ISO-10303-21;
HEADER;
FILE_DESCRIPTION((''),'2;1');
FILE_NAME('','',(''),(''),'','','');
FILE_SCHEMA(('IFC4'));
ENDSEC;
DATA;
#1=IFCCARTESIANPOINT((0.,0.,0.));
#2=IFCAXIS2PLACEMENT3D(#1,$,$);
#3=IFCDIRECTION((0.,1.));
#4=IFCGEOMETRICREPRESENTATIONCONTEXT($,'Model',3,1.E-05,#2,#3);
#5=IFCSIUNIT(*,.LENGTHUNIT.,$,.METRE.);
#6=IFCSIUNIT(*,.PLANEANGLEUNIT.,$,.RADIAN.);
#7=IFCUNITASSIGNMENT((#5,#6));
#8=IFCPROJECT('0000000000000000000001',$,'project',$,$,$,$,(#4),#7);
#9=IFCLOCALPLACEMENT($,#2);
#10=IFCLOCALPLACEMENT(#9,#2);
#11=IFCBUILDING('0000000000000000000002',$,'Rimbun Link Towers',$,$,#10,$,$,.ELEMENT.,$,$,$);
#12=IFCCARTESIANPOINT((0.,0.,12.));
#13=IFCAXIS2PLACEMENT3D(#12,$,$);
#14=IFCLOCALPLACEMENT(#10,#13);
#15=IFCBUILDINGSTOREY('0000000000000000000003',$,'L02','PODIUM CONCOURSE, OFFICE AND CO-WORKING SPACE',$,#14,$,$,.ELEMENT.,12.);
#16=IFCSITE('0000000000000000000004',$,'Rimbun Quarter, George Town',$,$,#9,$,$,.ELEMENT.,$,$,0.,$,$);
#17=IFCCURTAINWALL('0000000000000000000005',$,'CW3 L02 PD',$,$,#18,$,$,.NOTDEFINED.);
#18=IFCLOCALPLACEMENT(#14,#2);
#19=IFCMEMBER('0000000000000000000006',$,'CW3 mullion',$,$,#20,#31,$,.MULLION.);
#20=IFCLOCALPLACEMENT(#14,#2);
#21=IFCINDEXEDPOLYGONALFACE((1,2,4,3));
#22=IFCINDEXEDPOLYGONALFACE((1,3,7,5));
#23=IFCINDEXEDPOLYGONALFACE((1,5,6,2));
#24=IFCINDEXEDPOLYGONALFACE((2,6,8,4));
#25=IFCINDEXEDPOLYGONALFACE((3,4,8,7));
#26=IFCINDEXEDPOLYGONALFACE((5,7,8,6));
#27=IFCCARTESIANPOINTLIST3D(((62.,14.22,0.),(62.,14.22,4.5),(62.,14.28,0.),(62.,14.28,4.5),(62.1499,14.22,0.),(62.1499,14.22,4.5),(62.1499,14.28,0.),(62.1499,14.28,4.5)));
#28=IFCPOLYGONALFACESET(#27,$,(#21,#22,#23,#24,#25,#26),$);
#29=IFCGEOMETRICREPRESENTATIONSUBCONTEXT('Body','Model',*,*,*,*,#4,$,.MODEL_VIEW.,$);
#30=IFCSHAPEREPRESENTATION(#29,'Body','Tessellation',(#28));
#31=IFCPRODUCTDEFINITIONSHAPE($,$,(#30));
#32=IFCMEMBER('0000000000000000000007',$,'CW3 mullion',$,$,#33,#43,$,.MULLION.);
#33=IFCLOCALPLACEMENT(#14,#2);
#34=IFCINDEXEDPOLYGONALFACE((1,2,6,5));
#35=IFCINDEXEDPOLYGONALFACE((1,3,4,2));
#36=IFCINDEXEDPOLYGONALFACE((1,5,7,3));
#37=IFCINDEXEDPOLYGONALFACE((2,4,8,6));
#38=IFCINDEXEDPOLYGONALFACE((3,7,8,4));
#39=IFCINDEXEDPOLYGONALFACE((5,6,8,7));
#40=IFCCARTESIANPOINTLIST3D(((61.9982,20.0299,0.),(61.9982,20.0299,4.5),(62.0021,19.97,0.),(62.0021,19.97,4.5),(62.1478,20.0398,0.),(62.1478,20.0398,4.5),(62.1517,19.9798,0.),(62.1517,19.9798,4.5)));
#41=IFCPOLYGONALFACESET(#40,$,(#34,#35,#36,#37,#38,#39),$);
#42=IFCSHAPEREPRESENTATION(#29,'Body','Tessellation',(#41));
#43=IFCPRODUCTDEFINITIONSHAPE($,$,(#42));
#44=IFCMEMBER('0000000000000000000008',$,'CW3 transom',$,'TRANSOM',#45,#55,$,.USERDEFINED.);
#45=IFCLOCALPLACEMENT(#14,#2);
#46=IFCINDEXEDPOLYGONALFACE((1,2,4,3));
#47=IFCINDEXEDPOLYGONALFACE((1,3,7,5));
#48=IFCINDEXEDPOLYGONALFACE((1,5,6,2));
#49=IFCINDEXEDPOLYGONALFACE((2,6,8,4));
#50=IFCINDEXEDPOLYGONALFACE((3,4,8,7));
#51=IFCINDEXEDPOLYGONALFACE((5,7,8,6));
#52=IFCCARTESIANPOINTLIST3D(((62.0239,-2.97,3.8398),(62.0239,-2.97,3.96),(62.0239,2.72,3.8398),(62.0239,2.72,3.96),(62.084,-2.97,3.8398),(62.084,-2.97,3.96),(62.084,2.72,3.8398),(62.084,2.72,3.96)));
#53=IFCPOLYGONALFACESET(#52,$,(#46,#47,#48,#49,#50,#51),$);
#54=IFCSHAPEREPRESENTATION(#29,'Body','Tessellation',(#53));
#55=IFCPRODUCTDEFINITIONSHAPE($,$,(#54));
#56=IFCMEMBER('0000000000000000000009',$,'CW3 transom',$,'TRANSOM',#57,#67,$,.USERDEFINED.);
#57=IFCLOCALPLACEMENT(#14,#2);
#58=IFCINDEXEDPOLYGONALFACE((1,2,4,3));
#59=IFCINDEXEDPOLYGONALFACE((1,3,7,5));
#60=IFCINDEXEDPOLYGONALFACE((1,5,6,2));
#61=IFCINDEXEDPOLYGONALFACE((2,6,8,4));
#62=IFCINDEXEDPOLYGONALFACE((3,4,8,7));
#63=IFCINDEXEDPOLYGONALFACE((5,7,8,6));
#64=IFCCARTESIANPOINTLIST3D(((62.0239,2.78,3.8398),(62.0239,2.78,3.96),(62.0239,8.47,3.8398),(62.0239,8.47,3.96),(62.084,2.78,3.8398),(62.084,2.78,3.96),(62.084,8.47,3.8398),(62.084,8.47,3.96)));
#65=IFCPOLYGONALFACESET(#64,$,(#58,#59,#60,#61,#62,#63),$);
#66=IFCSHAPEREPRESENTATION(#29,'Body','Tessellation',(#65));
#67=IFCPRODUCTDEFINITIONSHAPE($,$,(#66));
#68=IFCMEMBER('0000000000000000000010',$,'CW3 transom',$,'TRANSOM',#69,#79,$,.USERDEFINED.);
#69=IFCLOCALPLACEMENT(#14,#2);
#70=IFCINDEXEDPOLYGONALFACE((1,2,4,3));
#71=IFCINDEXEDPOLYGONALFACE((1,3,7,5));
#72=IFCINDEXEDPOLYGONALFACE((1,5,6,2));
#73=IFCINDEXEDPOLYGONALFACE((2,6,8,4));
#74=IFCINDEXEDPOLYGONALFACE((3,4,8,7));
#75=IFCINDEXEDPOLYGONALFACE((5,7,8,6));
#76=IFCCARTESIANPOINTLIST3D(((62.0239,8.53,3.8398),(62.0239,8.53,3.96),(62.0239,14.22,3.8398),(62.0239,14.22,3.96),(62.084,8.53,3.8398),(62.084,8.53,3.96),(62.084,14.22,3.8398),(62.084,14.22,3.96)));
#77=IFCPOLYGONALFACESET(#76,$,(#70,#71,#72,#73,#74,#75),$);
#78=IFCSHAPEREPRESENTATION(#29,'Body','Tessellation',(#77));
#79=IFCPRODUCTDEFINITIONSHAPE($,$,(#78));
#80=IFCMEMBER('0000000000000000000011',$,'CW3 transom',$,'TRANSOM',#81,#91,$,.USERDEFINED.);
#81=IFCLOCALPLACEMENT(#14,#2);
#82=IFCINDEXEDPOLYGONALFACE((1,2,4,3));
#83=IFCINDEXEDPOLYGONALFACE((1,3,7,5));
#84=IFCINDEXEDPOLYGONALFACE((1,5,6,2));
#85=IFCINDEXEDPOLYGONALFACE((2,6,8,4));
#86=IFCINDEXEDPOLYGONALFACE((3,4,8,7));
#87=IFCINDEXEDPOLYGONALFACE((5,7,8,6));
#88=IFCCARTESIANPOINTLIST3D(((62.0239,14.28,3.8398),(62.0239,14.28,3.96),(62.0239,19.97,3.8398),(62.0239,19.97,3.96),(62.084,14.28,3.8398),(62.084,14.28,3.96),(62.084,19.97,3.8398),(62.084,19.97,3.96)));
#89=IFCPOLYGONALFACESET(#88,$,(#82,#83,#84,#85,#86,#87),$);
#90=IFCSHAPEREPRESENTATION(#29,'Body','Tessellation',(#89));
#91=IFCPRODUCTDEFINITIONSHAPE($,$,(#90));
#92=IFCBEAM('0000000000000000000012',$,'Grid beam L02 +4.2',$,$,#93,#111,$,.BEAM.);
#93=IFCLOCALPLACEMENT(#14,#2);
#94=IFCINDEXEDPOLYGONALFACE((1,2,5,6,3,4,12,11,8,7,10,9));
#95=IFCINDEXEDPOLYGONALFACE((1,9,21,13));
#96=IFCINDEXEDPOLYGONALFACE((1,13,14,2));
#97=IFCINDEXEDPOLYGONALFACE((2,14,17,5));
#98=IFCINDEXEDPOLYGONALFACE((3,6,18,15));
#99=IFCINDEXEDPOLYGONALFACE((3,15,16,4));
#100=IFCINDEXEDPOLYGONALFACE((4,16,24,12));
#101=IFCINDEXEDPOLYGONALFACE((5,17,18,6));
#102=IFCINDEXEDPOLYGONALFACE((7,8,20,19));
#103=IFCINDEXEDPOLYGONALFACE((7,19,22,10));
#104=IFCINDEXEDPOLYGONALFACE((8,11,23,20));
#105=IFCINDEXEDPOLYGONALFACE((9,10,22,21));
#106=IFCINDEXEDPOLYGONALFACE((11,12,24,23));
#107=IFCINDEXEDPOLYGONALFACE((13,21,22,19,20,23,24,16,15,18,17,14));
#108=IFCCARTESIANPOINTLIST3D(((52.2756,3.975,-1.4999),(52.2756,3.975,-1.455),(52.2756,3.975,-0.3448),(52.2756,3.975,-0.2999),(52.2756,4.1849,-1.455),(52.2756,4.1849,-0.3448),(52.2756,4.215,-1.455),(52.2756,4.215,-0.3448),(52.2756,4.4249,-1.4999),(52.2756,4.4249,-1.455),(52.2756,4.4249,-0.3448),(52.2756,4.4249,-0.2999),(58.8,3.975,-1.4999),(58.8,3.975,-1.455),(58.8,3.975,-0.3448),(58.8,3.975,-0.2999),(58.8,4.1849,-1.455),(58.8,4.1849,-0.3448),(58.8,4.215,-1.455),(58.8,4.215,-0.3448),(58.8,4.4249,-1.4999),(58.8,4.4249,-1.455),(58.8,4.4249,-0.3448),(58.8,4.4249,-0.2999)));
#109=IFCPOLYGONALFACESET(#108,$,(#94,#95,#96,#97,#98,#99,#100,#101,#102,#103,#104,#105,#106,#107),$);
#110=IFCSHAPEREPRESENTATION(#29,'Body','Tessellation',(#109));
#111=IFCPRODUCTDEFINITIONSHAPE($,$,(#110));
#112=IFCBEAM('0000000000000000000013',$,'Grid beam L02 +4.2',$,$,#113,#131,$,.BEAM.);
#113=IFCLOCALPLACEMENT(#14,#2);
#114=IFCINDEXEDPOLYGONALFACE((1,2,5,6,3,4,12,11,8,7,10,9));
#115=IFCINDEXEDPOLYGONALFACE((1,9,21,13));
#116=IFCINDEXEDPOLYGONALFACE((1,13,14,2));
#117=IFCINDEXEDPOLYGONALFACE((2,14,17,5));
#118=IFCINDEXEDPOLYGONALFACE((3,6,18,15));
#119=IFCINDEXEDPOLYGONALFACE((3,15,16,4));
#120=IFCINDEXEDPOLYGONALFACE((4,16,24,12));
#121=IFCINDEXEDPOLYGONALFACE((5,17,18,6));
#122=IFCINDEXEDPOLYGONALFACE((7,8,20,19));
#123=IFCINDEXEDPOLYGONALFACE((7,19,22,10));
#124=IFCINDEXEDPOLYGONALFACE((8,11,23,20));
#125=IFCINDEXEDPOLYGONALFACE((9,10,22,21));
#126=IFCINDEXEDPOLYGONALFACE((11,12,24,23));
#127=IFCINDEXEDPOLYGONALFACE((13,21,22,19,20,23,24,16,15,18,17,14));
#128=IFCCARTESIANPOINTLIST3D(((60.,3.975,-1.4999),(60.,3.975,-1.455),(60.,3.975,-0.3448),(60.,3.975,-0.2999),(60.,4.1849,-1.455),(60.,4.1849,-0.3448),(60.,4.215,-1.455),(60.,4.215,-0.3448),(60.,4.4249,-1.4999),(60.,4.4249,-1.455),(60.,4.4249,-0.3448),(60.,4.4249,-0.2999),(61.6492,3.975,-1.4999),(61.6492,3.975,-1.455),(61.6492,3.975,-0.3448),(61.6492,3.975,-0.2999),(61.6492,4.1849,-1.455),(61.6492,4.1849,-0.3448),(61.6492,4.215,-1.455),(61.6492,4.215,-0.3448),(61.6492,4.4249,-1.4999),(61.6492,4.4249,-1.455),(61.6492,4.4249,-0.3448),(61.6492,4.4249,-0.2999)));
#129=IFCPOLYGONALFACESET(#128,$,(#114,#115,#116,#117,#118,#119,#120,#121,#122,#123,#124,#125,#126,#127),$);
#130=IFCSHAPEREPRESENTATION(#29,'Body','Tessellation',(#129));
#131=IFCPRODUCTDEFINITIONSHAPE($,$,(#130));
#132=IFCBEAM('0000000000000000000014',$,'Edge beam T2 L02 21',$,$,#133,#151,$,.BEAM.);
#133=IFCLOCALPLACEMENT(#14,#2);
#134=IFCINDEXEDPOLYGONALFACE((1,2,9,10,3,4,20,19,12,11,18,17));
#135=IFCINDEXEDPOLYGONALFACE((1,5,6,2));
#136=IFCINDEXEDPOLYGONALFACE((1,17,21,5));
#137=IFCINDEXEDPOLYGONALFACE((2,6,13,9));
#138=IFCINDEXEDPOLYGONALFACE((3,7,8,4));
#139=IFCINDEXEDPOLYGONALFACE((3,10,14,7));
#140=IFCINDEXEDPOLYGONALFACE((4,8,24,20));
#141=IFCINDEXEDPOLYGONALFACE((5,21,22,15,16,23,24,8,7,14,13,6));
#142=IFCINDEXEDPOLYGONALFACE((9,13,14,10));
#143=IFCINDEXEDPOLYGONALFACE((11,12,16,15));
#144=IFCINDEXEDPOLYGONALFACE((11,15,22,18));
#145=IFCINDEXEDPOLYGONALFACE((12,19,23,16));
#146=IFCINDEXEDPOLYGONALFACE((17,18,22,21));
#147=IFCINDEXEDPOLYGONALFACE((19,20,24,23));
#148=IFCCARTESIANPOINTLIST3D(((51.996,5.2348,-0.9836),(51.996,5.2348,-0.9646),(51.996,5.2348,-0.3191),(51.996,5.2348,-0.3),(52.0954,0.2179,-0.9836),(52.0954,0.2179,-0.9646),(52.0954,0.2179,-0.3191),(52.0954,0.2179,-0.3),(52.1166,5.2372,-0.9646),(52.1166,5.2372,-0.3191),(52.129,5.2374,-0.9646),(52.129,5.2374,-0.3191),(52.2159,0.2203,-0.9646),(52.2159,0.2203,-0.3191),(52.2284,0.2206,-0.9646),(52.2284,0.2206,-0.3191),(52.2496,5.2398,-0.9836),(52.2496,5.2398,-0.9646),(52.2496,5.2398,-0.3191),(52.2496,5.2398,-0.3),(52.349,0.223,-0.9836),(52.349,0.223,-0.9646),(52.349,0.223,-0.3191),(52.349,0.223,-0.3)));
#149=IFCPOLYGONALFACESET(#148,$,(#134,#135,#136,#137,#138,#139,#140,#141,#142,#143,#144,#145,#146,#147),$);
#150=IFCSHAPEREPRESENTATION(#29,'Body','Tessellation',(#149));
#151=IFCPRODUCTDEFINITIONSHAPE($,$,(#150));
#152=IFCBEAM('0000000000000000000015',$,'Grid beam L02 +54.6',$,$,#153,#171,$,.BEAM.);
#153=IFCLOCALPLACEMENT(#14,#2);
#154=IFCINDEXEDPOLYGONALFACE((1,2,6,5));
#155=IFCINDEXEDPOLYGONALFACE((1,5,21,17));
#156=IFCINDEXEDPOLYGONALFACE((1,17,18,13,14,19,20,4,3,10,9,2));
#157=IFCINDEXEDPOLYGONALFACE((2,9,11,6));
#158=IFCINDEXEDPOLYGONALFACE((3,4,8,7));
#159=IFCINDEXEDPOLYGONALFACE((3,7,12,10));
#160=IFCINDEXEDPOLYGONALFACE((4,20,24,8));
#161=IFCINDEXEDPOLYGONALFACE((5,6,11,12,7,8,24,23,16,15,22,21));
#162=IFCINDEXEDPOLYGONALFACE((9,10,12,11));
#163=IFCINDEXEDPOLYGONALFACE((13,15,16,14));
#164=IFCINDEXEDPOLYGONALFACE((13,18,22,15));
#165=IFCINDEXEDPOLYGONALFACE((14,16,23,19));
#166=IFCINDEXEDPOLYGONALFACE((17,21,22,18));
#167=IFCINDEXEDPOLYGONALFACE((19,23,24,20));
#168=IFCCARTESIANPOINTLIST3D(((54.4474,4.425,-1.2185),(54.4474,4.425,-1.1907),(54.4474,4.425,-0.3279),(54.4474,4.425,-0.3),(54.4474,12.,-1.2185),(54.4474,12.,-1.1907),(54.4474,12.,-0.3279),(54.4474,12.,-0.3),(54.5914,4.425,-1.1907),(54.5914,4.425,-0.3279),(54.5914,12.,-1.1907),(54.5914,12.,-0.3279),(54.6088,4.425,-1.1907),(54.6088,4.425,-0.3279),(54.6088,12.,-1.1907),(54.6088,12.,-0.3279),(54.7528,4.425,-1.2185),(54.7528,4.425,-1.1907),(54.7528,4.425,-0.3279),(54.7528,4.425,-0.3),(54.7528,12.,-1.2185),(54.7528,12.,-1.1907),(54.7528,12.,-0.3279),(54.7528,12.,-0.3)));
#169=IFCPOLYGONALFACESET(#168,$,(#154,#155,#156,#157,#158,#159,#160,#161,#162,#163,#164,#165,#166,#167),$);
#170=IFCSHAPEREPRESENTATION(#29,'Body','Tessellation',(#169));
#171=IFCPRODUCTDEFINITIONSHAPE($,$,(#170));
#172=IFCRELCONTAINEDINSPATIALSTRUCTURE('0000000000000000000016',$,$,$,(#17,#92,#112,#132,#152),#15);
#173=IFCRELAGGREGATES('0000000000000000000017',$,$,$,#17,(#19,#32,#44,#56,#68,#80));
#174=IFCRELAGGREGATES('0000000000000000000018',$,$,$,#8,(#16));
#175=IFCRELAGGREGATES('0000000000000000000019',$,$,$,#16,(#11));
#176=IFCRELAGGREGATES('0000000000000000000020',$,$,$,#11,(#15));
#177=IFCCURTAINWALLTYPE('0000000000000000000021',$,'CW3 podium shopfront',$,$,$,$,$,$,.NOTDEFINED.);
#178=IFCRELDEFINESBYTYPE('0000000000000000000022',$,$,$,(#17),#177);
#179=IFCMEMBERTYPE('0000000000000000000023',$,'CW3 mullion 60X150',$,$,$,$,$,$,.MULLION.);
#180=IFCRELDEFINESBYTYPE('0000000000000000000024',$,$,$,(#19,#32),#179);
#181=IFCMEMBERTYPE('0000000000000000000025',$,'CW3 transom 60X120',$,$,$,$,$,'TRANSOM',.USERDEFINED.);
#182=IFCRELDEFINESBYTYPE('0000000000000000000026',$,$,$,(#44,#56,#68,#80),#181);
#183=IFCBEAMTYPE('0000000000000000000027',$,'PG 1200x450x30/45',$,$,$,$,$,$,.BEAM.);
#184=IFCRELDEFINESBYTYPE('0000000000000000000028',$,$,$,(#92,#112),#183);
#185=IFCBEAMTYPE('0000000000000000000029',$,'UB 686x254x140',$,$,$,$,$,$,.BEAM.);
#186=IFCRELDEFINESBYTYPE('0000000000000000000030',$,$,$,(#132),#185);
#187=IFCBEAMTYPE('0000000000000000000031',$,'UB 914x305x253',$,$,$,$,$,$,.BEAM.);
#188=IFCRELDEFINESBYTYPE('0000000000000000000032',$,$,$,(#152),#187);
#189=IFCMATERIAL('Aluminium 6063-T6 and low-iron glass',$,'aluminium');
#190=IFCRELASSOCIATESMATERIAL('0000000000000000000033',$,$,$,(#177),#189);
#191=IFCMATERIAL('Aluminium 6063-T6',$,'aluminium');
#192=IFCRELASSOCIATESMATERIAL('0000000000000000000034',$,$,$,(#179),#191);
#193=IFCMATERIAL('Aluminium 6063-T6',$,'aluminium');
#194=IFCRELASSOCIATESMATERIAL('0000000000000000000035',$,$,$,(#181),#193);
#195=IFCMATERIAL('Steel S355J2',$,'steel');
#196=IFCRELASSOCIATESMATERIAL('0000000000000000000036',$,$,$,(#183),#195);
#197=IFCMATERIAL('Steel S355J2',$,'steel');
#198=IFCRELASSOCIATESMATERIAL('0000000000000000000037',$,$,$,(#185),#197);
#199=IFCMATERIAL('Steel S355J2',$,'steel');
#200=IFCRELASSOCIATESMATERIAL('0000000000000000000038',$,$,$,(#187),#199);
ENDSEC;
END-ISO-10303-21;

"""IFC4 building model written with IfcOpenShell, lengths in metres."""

from ifc_helpers import new_model, si_unit, direction, frame, origin, origin_2d, place, context, subcontext, project, spatial, rectangle, i_section, extrude, material, material_profile, profile_set, type_object, element, aggregate, save


model = new_model("IFC4")

# Units and contexts
model_context = context("Model", 3, precision=1e-05, world=origin(), true_north=direction((0.0, 1.0)))
body_context = subcontext(model_context, "Body", "Model", "MODEL_VIEW")
ifc_project = project(units=[si_unit("LENGTHUNIT", "METRE"), si_unit("PLANEANGLEUNIT", "RADIAN")], contexts=[model_context])

# Site, building, storey
site_placement = place(None, origin())
site = spatial("IfcSite", under=ifc_project, at=site_placement, Name="Rimbun Quarter, George Town", CompositionType="ELEMENT", RefElevation=0.0)
building_placement = place(site_placement, origin())
building = spatial("IfcBuilding", under=site, at=building_placement, Name="Rimbun Link Towers", CompositionType="ELEMENT")
storey_placement = place(building_placement, frame((0.0, 0.0, 12.0)))
storey = spatial("IfcBuildingStorey", under=building, at=storey_placement, Name="L02", Description="PODIUM CONCOURSE, OFFICE AND CO-WORKING SPACE", CompositionType="ELEMENT", Elevation=12.0)

# Curtain wall, members
ifc_material_1 = material(Name="Aluminium 6063-T6 and low-iron glass", Category="aluminium")
curtain_wall_type = type_object("IfcCurtainWallType", Name="CW3 podium shopfront", PredefinedType="NOTDEFINED", material=ifc_material_1)
curtain_wall_placement = place(storey_placement, origin())
curtain_wall = element("IfcCurtainWall", 1, at=curtain_wall_placement, inside=storey, type_object=curtain_wall_type, Name="CW3 L02 PD", PredefinedType="NOTDEFINED")
ifc_material_2 = material(Name="Aluminium 6063-T6", Category="aluminium")
ifc_material_profile_1 = material_profile(ifc_material_2, rectangle(XDim=0.1499, YDim=0.0601, at=origin_2d()), Name="MULLION 60X150")
ifc_profile_set_1 = profile_set([ifc_material_profile_1], Name="Aluminium 6063-T6")
member_type_1 = type_object("IfcMemberType", Name="CW3 mullion 60X150", PredefinedType="MULLION", material=ifc_profile_set_1)
member_1_placement = place(storey_placement, frame((62.075, 14.25, 0.0), z_axis=(0.0, 0.0, 1.0), x_axis=(1.0, 0.0, 0.0)))
member_1 = element("IfcMember", 2, at=member_1_placement, type_object=member_type_1, Name="CW3 mullion", PredefinedType="MULLION", context=body_context, shape_type="SweptSolid", body=[
    extrude(rectangle(XDim=0.1499, YDim=0.0601, at=origin_2d()), origin(), (0.0, 0.0, 1.0), 4.5),
])
member_2_placement = place(storey_placement, frame((62.075, 20.0049, 0.0), z_axis=(0.0, 0.0, 1.0), x_axis=(0.997859, 0.065405, 0.0)))
member_2 = element("IfcMember", 3, at=member_2_placement, type_object=member_type_1, Name="CW3 mullion", PredefinedType="MULLION", context=body_context, shape_type="SweptSolid", body=[
    extrude(rectangle(XDim=0.1499, YDim=0.0601, at=origin_2d()), origin(), (0.0, 0.0, 1.0), 4.5),
])
ifc_material_3 = material(Name="Aluminium 6063-T6", Category="aluminium")
ifc_material_profile_2 = material_profile(ifc_material_3, rectangle(XDim=0.0601, YDim=0.1201, at=origin_2d()), Name="TRANSOM 60X120")
ifc_profile_set_2 = profile_set([ifc_material_profile_2], Name="Aluminium 6063-T6")
member_type_2 = type_object("IfcMemberType", Name="CW3 transom 60X120", ElementType="TRANSOM", PredefinedType="USERDEFINED", material=ifc_profile_set_2)
member_3_placement = place(storey_placement, frame((62.054, 2.72, 3.8999), z_axis=(0.0, -1.0, 0.0), x_axis=(1.0, 0.0, 0.0)))
member_3 = element("IfcMember", 4, at=member_3_placement, type_object=member_type_2, Name="CW3 transom", ObjectType="TRANSOM", PredefinedType="USERDEFINED", context=body_context, shape_type="SweptSolid", body=[
    extrude(rectangle(XDim=0.0601, YDim=0.1201, at=origin_2d()), origin(), (0.0, 0.0, 1.0), 5.6899),
])
member_4_placement = place(storey_placement, frame((62.054, 8.47, 3.8999), z_axis=(0.0, -1.0, 0.0), x_axis=(1.0, 0.0, 0.0)))
member_4 = element("IfcMember", 5, at=member_4_placement, type_object=member_type_2, Name="CW3 transom", ObjectType="TRANSOM", PredefinedType="USERDEFINED", context=body_context, shape_type="SweptSolid", body=[
    extrude(rectangle(XDim=0.0601, YDim=0.1201, at=origin_2d()), origin(), (0.0, 0.0, 1.0), 5.6899),
])
member_5_placement = place(storey_placement, frame((62.054, 14.22, 3.8999), z_axis=(0.0, -1.0, 0.0), x_axis=(1.0, 0.0, 0.0)))
member_5 = element("IfcMember", 6, at=member_5_placement, type_object=member_type_2, Name="CW3 transom", ObjectType="TRANSOM", PredefinedType="USERDEFINED", context=body_context, shape_type="SweptSolid", body=[
    extrude(rectangle(XDim=0.0601, YDim=0.1201, at=origin_2d()), origin(), (0.0, 0.0, 1.0), 5.6899),
])
member_6_placement = place(storey_placement, frame((62.054, 19.97, 3.8999), z_axis=(0.0, -1.0, 0.0), x_axis=(1.0, 0.0, 0.0)))
member_6 = element("IfcMember", 7, at=member_6_placement, type_object=member_type_2, Name="CW3 transom", ObjectType="TRANSOM", PredefinedType="USERDEFINED", context=body_context, shape_type="SweptSolid", body=[
    extrude(rectangle(XDim=0.0601, YDim=0.1201, at=origin_2d()), origin(), (0.0, 0.0, 1.0), 5.6899),
])

# Beams
ifc_material_4 = material(Name="Steel S355J2", Category="steel")
ifc_material_profile_3 = material_profile(ifc_material_4, i_section(OverallWidth=0.45, OverallDepth=1.2, WebThickness=0.03, FlangeThickness=0.0449, at=origin_2d()), Name="PG 1200x450x30/45")
ifc_profile_set_3 = profile_set([ifc_material_profile_3], Name="Steel S355J2")
beam_type_1 = type_object("IfcBeamType", Name="PG 1200x450x30/45", PredefinedType="BEAM", material=ifc_profile_set_3)
beam_1_placement = place(storey_placement, frame((52.2756, 4.2, -0.8999), z_axis=(1.0, 0.0, 0.0), x_axis=(0.0, 1.0, 0.0)))
element("IfcBeam", 8, at=beam_1_placement, inside=storey, type_object=beam_type_1, Name="Grid beam L02 +4.2", PredefinedType="BEAM", context=body_context, shape_type="SweptSolid", body=[
    extrude(i_section(OverallWidth=0.45, OverallDepth=1.2, WebThickness=0.03, FlangeThickness=0.0449, at=origin_2d()), origin(), (0.0, 0.0, 1.0), 6.5244),
])
beam_2_placement = place(storey_placement, frame((60.0, 4.2, -0.8999), z_axis=(1.0, 0.0, 0.0), x_axis=(0.0, 1.0, 0.0)))
element("IfcBeam", 9, at=beam_2_placement, inside=storey, type_object=beam_type_1, Name="Grid beam L02 +4.2", PredefinedType="BEAM", context=body_context, shape_type="SweptSolid", body=[
    extrude(i_section(OverallWidth=0.45, OverallDepth=1.2, WebThickness=0.03, FlangeThickness=0.0449, at=origin_2d()), origin(), (0.0, 0.0, 1.0), 1.6492),
])
ifc_material_5 = material(Name="Steel S355J2", Category="steel")
ifc_material_profile_4 = material_profile(ifc_material_5, i_section(OverallWidth=0.2537, OverallDepth=0.6836, WebThickness=0.0125, FlangeThickness=0.019, at=origin_2d()), Name="UB 686x254x140")
ifc_profile_set_4 = profile_set([ifc_material_profile_4], Name="Steel S355J2")
beam_type_2 = type_object("IfcBeamType", Name="UB 686x254x140", PredefinedType="BEAM", material=ifc_profile_set_4)
beam_3_placement = place(storey_placement, frame((52.2222, 0.2205, -0.6418), z_axis=(-0.019802, 0.999804, 0.0), x_axis=(-0.999804, -0.019802, 0.0)))
element("IfcBeam", 10, at=beam_3_placement, inside=storey, type_object=beam_type_2, Name="Edge beam T2 L02 21", PredefinedType="BEAM", context=body_context, shape_type="SweptSolid", body=[
    extrude(i_section(OverallWidth=0.2537, OverallDepth=0.6836, WebThickness=0.0125, FlangeThickness=0.019, at=origin_2d()), origin(), (0.0, 0.0, 1.0), 5.0178),
])
ifc_material_6 = material(Name="Steel S355J2", Category="steel")
ifc_material_profile_5 = material_profile(ifc_material_6, i_section(OverallWidth=0.3054, OverallDepth=0.9185, WebThickness=0.0173, FlangeThickness=0.0278, at=origin_2d()), Name="UB 914x305x253")
ifc_profile_set_5 = profile_set([ifc_material_profile_5], Name="Steel S355J2")
beam_type_3 = type_object("IfcBeamType", Name="UB 914x305x253", PredefinedType="BEAM", material=ifc_profile_set_5)
beam_4_placement = place(storey_placement, frame((54.6001, 4.425, -0.7593), z_axis=(0.0, 1.0, 0.0), x_axis=(-1.0, 0.0, 0.0)))
element("IfcBeam", 11, at=beam_4_placement, inside=storey, type_object=beam_type_3, Name="Grid beam L02 +54.6", PredefinedType="BEAM", context=body_context, shape_type="SweptSolid", body=[
    extrude(i_section(OverallWidth=0.3054, OverallDepth=0.9185, WebThickness=0.0173, FlangeThickness=0.0278, at=origin_2d()), origin(), (0.0, 0.0, 1.0), 7.575),
])

aggregate(curtain_wall, [member_1, member_2, member_3, member_4, member_5, member_6])

save(model, "model.ifc")
